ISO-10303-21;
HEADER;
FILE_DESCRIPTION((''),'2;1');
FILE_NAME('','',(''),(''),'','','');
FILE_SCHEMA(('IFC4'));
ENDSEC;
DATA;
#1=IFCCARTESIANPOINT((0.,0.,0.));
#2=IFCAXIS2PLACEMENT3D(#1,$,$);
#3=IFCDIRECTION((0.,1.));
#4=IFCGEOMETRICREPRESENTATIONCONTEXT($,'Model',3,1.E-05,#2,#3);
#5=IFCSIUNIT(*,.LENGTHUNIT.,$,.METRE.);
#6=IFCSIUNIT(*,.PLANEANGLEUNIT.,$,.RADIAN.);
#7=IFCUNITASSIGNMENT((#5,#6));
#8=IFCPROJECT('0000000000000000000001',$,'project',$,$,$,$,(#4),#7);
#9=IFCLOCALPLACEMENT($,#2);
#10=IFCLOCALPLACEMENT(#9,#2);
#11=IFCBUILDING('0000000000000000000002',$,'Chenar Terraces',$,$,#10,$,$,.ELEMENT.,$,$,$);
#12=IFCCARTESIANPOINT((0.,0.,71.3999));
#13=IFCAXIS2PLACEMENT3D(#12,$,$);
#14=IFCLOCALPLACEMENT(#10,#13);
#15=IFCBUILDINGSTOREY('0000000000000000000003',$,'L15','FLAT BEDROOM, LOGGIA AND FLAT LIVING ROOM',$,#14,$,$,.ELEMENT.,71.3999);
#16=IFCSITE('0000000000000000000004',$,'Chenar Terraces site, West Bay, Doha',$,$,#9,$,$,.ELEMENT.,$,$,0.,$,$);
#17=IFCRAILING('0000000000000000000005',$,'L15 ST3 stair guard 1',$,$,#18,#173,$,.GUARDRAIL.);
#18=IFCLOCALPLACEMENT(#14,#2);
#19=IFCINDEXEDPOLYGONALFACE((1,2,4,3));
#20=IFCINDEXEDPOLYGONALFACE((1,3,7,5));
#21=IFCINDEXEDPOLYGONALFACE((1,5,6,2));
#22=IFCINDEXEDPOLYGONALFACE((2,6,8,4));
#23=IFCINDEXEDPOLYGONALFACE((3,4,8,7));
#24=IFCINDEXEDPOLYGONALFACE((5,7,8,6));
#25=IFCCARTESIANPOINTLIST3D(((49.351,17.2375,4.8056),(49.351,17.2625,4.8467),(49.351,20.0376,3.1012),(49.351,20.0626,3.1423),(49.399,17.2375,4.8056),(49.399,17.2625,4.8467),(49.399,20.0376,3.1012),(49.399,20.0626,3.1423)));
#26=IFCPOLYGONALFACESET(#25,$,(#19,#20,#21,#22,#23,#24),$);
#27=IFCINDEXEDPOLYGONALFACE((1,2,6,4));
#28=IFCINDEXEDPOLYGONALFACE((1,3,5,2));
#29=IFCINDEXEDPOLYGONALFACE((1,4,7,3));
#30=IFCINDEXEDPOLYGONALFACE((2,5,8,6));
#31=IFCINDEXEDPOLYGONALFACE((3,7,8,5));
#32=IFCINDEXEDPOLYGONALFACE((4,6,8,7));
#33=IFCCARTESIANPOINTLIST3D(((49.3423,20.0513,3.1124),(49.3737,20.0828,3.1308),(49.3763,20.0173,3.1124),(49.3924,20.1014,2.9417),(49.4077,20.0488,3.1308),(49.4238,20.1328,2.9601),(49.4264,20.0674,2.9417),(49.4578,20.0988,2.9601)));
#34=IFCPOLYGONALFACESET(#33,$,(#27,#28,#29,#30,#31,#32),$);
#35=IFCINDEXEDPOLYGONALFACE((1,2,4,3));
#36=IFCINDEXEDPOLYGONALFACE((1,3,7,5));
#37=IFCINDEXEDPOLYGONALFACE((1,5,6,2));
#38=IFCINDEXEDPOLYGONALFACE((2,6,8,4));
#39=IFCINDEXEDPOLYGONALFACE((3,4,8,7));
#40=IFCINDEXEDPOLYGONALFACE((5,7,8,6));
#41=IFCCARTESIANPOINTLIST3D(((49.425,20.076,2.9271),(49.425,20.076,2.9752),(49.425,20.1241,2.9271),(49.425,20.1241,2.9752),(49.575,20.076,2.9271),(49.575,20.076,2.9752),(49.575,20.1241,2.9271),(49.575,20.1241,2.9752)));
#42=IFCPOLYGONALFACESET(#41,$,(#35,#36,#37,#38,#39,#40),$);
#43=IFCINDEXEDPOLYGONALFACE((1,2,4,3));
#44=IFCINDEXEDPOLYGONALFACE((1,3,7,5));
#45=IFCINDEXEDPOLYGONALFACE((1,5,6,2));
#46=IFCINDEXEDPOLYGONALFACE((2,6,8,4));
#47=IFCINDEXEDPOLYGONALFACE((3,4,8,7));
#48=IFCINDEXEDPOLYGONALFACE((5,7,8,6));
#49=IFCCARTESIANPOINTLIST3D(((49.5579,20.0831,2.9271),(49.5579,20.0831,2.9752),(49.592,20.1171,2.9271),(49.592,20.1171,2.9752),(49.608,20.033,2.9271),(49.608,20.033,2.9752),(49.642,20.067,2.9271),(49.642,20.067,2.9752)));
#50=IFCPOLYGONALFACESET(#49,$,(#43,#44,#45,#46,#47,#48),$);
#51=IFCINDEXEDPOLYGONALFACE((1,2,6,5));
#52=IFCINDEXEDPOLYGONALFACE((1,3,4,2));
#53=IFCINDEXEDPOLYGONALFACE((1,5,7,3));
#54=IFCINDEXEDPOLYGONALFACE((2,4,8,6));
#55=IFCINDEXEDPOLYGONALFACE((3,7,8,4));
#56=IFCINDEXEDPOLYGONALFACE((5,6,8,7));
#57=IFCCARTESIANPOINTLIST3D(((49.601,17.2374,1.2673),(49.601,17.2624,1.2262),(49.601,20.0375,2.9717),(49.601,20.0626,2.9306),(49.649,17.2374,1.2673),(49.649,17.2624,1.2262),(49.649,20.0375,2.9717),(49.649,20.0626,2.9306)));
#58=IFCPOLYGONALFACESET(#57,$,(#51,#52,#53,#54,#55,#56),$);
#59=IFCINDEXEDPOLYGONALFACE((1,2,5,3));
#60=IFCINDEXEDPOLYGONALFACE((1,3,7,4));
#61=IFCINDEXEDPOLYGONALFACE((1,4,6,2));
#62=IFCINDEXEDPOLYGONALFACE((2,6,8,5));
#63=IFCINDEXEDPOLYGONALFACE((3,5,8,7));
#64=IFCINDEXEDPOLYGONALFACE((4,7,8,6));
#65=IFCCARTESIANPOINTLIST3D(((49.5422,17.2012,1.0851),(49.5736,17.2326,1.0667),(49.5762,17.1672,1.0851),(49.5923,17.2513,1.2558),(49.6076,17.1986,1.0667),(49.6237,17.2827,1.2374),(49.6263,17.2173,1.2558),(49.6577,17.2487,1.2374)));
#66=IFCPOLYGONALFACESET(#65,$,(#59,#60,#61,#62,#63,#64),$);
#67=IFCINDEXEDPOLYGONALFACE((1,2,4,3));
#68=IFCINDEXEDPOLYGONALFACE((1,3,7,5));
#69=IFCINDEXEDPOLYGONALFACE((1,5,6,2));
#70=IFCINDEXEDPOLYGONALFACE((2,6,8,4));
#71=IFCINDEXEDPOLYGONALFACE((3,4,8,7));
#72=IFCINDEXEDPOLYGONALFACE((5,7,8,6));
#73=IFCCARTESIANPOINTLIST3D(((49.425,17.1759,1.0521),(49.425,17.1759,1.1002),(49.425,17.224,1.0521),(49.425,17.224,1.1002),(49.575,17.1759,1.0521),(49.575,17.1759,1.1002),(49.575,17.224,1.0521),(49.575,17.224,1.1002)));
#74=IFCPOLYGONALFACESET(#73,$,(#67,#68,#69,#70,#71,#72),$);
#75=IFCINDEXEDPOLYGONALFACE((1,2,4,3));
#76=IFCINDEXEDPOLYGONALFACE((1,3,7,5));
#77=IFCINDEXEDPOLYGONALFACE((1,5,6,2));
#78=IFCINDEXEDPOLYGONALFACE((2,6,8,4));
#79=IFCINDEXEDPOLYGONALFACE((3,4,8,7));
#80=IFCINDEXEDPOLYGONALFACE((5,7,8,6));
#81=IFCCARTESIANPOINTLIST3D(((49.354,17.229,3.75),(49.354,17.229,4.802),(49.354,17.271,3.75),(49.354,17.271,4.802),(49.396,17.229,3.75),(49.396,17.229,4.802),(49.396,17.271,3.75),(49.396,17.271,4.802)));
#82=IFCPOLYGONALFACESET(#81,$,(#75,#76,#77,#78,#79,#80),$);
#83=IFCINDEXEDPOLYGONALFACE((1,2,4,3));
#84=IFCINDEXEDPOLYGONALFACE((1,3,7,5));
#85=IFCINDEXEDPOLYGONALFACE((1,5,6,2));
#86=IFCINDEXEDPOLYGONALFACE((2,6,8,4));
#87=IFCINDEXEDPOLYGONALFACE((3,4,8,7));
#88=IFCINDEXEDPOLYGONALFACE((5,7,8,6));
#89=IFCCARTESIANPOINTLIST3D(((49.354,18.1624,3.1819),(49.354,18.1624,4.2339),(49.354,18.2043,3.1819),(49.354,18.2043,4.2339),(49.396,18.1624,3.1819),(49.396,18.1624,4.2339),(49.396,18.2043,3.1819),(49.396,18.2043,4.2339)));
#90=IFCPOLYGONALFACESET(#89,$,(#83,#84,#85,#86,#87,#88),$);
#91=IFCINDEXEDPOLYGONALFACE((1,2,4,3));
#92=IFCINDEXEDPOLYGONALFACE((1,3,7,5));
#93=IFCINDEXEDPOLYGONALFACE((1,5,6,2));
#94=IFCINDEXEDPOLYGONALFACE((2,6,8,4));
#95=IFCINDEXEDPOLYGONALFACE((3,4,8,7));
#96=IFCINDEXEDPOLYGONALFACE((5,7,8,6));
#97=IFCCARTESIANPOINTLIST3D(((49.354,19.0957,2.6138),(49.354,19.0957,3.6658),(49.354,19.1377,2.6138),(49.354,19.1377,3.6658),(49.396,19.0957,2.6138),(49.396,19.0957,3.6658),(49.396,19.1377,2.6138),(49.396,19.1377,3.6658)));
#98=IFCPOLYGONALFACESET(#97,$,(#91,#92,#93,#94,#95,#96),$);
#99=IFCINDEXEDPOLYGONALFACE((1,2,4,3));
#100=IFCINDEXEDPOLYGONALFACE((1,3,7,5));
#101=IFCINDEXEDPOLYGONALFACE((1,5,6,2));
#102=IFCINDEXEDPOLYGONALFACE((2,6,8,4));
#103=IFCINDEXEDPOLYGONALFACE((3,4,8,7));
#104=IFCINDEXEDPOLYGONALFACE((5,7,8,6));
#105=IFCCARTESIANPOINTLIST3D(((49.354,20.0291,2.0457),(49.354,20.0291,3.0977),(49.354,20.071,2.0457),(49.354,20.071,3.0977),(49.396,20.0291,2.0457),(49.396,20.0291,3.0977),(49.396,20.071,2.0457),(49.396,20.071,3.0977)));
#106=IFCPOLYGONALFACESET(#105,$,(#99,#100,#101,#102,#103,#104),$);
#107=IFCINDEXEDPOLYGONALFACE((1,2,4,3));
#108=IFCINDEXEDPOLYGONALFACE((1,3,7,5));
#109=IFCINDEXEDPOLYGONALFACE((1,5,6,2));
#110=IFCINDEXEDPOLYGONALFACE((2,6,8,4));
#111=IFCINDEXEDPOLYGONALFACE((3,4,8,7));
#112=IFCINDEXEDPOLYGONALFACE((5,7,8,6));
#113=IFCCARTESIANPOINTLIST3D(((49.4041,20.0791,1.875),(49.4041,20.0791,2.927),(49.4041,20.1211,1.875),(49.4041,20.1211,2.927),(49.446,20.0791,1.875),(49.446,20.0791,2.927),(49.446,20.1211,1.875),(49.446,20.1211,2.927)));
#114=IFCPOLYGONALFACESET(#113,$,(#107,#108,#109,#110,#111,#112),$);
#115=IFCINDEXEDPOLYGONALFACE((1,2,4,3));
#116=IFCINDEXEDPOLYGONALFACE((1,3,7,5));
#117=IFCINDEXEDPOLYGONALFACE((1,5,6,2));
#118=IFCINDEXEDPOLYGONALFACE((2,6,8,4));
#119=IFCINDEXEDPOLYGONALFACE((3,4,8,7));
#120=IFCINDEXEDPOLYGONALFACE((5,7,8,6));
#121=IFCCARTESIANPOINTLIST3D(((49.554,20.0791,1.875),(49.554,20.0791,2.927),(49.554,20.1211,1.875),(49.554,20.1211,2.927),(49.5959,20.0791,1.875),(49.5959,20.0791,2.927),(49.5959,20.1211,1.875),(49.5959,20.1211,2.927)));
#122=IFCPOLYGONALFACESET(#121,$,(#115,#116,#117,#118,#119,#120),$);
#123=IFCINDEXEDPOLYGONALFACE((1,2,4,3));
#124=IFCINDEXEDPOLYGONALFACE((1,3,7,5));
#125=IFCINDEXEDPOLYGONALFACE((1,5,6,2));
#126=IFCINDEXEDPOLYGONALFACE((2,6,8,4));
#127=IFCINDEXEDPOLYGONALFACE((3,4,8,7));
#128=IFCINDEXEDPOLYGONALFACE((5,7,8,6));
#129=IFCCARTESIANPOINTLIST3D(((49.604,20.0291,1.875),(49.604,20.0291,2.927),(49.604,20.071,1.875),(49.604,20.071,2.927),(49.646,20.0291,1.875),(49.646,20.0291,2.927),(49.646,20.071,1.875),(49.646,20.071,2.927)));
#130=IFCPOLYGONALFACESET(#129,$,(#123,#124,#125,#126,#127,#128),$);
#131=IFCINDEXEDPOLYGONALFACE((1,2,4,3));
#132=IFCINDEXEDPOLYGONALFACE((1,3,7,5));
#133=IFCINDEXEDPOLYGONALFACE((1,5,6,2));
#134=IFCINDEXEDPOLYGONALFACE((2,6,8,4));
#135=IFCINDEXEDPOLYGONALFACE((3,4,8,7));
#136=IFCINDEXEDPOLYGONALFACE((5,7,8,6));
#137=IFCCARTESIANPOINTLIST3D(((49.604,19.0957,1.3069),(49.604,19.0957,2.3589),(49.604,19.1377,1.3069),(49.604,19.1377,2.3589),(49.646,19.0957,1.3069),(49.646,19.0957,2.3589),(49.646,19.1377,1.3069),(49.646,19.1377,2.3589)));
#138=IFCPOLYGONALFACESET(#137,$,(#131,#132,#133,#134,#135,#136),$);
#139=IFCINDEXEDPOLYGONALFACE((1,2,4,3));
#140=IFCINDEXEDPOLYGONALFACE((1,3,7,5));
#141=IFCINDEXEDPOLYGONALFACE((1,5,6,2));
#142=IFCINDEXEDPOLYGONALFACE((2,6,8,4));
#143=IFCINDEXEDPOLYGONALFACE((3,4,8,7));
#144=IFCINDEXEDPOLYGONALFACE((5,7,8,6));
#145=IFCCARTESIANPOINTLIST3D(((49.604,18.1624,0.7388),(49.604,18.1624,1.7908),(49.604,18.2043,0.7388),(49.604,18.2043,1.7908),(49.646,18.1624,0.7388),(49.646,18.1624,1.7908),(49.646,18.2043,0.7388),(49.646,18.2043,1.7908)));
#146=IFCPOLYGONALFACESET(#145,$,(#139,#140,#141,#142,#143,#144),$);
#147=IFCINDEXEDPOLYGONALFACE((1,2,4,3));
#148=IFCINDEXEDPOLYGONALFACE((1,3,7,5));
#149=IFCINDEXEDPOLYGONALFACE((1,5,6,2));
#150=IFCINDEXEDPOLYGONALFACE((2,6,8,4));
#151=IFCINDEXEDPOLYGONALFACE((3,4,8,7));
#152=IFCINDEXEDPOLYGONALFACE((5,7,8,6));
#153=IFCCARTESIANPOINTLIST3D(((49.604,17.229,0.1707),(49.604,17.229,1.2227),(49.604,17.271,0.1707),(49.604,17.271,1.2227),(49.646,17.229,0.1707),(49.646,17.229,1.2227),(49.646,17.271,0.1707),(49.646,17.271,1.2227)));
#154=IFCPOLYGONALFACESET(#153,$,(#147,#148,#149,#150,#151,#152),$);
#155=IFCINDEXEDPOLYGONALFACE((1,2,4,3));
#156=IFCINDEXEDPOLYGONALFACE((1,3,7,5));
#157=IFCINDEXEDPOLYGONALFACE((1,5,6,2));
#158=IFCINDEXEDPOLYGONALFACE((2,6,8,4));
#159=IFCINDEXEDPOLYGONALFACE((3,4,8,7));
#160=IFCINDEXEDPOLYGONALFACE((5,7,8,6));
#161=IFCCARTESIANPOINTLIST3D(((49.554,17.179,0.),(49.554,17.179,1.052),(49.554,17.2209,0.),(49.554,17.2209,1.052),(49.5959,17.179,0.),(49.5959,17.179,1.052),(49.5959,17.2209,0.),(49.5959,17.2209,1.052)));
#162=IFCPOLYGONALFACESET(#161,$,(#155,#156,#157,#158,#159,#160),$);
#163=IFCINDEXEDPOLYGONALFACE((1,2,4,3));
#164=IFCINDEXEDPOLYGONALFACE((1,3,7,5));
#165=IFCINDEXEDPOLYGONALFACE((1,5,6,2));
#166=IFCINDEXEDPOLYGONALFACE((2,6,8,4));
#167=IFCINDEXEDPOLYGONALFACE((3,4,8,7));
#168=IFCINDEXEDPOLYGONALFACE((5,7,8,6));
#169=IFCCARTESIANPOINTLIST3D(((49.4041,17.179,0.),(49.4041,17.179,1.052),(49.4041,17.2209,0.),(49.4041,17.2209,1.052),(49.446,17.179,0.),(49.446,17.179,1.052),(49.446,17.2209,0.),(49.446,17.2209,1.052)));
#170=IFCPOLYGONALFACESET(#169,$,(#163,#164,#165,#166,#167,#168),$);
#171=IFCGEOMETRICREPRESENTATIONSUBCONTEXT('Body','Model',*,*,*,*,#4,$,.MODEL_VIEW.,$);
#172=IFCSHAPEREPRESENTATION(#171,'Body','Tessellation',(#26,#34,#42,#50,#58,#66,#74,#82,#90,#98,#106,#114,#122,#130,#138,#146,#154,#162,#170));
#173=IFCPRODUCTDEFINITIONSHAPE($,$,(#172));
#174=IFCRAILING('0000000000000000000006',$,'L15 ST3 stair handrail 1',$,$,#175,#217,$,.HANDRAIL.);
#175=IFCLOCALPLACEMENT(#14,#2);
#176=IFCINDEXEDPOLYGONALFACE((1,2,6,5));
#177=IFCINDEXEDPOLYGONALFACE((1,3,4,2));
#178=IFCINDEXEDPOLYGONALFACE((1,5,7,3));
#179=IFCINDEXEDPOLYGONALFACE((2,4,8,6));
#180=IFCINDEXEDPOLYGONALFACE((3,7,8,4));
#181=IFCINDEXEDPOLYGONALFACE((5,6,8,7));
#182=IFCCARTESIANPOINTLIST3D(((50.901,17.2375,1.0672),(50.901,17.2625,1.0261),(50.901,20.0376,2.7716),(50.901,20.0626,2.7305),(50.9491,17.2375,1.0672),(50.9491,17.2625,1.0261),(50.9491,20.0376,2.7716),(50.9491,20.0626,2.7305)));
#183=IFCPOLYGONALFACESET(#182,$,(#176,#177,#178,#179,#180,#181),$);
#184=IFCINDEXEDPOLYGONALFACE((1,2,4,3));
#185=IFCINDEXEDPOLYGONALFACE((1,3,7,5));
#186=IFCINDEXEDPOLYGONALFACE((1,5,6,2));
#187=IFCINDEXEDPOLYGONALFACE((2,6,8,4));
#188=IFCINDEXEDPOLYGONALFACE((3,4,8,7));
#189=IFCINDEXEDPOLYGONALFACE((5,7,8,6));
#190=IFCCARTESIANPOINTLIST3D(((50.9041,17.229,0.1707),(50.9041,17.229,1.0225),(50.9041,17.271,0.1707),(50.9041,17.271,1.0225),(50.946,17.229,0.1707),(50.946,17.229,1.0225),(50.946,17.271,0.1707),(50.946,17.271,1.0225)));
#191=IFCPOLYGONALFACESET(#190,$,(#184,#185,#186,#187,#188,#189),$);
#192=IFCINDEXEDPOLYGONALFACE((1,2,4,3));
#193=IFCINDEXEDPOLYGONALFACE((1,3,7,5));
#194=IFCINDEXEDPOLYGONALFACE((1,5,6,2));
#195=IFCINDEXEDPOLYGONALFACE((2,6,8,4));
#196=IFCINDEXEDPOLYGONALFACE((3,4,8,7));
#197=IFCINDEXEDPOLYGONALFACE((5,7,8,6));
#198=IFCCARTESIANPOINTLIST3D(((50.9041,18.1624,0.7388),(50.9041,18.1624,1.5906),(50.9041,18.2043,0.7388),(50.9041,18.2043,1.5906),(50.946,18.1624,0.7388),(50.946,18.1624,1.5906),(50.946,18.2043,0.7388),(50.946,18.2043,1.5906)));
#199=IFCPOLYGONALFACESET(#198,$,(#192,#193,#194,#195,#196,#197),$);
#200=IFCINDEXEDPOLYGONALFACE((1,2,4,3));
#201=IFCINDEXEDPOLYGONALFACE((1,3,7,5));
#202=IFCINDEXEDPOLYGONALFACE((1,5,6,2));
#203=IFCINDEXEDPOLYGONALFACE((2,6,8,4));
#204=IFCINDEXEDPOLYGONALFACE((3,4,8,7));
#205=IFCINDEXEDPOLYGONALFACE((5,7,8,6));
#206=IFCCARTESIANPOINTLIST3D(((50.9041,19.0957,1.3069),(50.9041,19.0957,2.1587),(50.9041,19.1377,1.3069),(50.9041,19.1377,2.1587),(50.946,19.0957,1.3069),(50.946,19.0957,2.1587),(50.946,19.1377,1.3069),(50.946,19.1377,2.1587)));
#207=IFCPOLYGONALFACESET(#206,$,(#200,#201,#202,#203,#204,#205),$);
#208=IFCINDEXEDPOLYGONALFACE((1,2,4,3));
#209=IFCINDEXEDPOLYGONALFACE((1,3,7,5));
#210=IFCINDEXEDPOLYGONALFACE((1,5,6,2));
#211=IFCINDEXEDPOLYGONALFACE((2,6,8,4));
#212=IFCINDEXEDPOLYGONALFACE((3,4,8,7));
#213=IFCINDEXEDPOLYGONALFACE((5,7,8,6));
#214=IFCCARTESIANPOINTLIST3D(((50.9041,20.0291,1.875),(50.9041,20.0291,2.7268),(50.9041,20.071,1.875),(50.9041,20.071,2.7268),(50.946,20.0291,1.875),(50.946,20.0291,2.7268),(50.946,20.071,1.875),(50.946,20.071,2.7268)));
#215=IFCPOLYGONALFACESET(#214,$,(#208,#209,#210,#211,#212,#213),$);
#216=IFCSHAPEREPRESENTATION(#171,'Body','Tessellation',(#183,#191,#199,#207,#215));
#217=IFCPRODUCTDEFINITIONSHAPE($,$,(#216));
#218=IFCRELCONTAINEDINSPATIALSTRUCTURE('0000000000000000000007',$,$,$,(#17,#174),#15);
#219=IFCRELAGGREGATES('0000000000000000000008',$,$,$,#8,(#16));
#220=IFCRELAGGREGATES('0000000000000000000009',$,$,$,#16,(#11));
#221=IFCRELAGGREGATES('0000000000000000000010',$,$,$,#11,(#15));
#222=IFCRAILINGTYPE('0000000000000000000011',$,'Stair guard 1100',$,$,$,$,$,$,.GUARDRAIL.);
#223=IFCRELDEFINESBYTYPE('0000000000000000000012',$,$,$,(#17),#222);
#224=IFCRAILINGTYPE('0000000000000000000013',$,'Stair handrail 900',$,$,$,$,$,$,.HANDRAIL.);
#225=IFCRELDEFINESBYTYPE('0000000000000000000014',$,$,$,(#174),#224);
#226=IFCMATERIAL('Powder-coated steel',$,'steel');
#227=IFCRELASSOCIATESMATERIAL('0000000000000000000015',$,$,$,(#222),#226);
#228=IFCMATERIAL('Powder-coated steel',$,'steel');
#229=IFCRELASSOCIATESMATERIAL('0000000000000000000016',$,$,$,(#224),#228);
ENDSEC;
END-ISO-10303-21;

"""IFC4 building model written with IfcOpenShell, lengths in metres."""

from ifc_helpers import new_model, si_unit, direction, frame, origin, origin_2d, place, context, subcontext, project, spatial, rectangle, extrude, material, type_object, element, save


model = new_model("IFC4")

# Units and contexts
model_context = context("Model", 3, precision=1e-05, world=origin(), true_north=direction((0.0, 1.0)))
body_context = subcontext(model_context, "Body", "Model", "MODEL_VIEW")
ifc_project = project(units=[si_unit("LENGTHUNIT", "METRE"), si_unit("PLANEANGLEUNIT", "RADIAN")], contexts=[model_context])

# Site, building, storey
site_placement = place(None, origin())
site = spatial("IfcSite", under=ifc_project, at=site_placement, Name="Chenar Terraces site, West Bay, Doha", CompositionType="ELEMENT", RefElevation=0.0)
building_placement = place(site_placement, origin())
building = spatial("IfcBuilding", under=site, at=building_placement, Name="Chenar Terraces", CompositionType="ELEMENT")
storey_placement = place(building_placement, frame((0.0, 0.0, 71.3999)))
storey = spatial("IfcBuildingStorey", under=building, at=storey_placement, Name="L15", Description="FLAT BEDROOM, LOGGIA AND FLAT LIVING ROOM", CompositionType="ELEMENT", Elevation=71.3999)

# Railings
ifc_material_1 = material(Name="Powder-coated steel", Category="steel")
railing_type_1 = type_object("IfcRailingType", Name="Stair guard 1100", PredefinedType="GUARDRAIL", material=ifc_material_1)
railing_1_placement = place(storey_placement, frame((49.375, 17.25, 3.75)))
element("IfcRailing", 1, at=railing_1_placement, inside=storey, type_object=railing_type_1, Name="L15 ST3 stair guard 1", PredefinedType="GUARDRAIL", context=body_context, shape_type="SweptSolid", body=[
    extrude(rectangle(XDim=0.0481, YDim=0.0481, at=origin_2d()), frame((0.0, 0.0, 1.0762), z_axis=(0.0, 0.854203, -0.51994), x_axis=(-1.0, 0.0, 0.0)), (0.0, 0.0, 1.0), 3.2781),
    extrude(rectangle(XDim=0.0481, YDim=0.0481, at=origin_2d()), frame((0.0, 2.8, -0.6284), z_axis=(0.2709, 0.2709, -0.923703), x_axis=(-0.707107, 0.707107, 0.0)), (0.0, 0.0, 1.0), 0.1848),
    extrude(rectangle(XDim=0.0481, YDim=0.0481, at=origin_2d()), frame((0.05, 2.8501, -0.7988), z_axis=(1.0, 0.0, 0.0), x_axis=(0.0, 1.0, 0.0)), (0.0, 0.0, 1.0), 0.1499),
    extrude(rectangle(XDim=0.0481, YDim=0.0481, at=origin_2d()), frame((0.2, 2.8501, -0.7988), z_axis=(0.707107, -0.707107, 0.0), x_axis=(0.707107, 0.707107, 0.0)), (0.0, 0.0, 1.0), 0.0708),
    extrude(rectangle(XDim=0.0481, YDim=0.0481, at=origin_2d()), frame((0.25, 2.8, -0.7988), z_axis=(0.0, -0.854203, -0.51994), x_axis=(1.0, 0.0, 0.0)), (0.0, 0.0, 1.0), 3.2781),
    extrude(rectangle(XDim=0.0481, YDim=0.0481, at=origin_2d()), frame((0.25, 0.0, -2.5034), z_axis=(-0.2709, -0.2709, -0.923703), x_axis=(0.707107, -0.707107, 0.0)), (0.0, 0.0, 1.0), 0.1848),
    extrude(rectangle(XDim=0.0481, YDim=0.0481, at=origin_2d()), frame((0.2, -0.05, -2.6738), z_axis=(-1.0, 0.0, 0.0), x_axis=(0.0, -1.0, 0.0)), (0.0, 0.0, 1.0), 0.1499),
    extrude(rectangle(XDim=0.042, YDim=0.042, at=origin_2d()), origin(), (0.0, 0.0, 1.0), 1.052),
    extrude(rectangle(XDim=0.042, YDim=0.042, at=origin_2d()), frame((0.0, 0.9333, -0.5681)), (0.0, 0.0, 1.0), 1.052),
    extrude(rectangle(XDim=0.042, YDim=0.042, at=origin_2d()), frame((0.0, 1.8667, -1.1362)), (0.0, 0.0, 1.0), 1.052),
    extrude(rectangle(XDim=0.042, YDim=0.042, at=origin_2d()), frame((0.0, 2.8, -1.7043)), (0.0, 0.0, 1.0), 1.052),
    extrude(rectangle(XDim=0.042, YDim=0.042, at=origin_2d()), frame((0.05, 2.8501, -1.875)), (0.0, 0.0, 1.0), 1.052),
    extrude(rectangle(XDim=0.042, YDim=0.042, at=origin_2d()), frame((0.2, 2.8501, -1.875)), (0.0, 0.0, 1.0), 1.052),
    extrude(rectangle(XDim=0.042, YDim=0.042, at=origin_2d()), frame((0.25, 2.8, -1.875)), (0.0, 0.0, 1.0), 1.052),
    extrude(rectangle(XDim=0.042, YDim=0.042, at=origin_2d()), frame((0.25, 1.8667, -2.4431)), (0.0, 0.0, 1.0), 1.052),
    extrude(rectangle(XDim=0.042, YDim=0.042, at=origin_2d()), frame((0.25, 0.9333, -3.0112)), (0.0, 0.0, 1.0), 1.052),
    extrude(rectangle(XDim=0.042, YDim=0.042, at=origin_2d()), frame((0.25, 0.0, -3.5793)), (0.0, 0.0, 1.0), 1.052),
    extrude(rectangle(XDim=0.042, YDim=0.042, at=origin_2d()), frame((0.2, -0.05, -3.75)), (0.0, 0.0, 1.0), 1.052),
    extrude(rectangle(XDim=0.042, YDim=0.042, at=origin_2d()), frame((0.05, -0.05, -3.75)), (0.0, 0.0, 1.0), 1.052),
])
ifc_material_2 = material(Name="Powder-coated steel", Category="steel")
railing_type_2 = type_object("IfcRailingType", Name="Stair handrail 900", PredefinedType="HANDRAIL", material=ifc_material_2)
railing_2_placement = place(storey_placement, frame((50.925, 17.25, 0.1707)))
element("IfcRailing", 2, at=railing_2_placement, inside=storey, type_object=railing_type_2, Name="L15 ST3 stair handrail 1", PredefinedType="HANDRAIL", context=body_context, shape_type="SweptSolid", body=[
    extrude(rectangle(XDim=0.0481, YDim=0.0481, at=origin_2d()), frame((0.0, 0.0, 0.876), z_axis=(0.0, 0.854203, 0.51994), x_axis=(-1.0, 0.0, 0.0)), (0.0, 0.0, 1.0), 3.2781),
    extrude(rectangle(XDim=0.042, YDim=0.042, at=origin_2d()), origin(), (0.0, 0.0, 1.0), 0.8518),
    extrude(rectangle(XDim=0.042, YDim=0.042, at=origin_2d()), frame((0.0, 0.9333, 0.5681)), (0.0, 0.0, 1.0), 0.8518),
    extrude(rectangle(XDim=0.042, YDim=0.042, at=origin_2d()), frame((0.0, 1.8667, 1.1362)), (0.0, 0.0, 1.0), 0.8518),
    extrude(rectangle(XDim=0.042, YDim=0.042, at=origin_2d()), frame((0.0, 2.8, 1.7043)), (0.0, 0.0, 1.0), 0.8518),
])

save(model, "model.ifc")
